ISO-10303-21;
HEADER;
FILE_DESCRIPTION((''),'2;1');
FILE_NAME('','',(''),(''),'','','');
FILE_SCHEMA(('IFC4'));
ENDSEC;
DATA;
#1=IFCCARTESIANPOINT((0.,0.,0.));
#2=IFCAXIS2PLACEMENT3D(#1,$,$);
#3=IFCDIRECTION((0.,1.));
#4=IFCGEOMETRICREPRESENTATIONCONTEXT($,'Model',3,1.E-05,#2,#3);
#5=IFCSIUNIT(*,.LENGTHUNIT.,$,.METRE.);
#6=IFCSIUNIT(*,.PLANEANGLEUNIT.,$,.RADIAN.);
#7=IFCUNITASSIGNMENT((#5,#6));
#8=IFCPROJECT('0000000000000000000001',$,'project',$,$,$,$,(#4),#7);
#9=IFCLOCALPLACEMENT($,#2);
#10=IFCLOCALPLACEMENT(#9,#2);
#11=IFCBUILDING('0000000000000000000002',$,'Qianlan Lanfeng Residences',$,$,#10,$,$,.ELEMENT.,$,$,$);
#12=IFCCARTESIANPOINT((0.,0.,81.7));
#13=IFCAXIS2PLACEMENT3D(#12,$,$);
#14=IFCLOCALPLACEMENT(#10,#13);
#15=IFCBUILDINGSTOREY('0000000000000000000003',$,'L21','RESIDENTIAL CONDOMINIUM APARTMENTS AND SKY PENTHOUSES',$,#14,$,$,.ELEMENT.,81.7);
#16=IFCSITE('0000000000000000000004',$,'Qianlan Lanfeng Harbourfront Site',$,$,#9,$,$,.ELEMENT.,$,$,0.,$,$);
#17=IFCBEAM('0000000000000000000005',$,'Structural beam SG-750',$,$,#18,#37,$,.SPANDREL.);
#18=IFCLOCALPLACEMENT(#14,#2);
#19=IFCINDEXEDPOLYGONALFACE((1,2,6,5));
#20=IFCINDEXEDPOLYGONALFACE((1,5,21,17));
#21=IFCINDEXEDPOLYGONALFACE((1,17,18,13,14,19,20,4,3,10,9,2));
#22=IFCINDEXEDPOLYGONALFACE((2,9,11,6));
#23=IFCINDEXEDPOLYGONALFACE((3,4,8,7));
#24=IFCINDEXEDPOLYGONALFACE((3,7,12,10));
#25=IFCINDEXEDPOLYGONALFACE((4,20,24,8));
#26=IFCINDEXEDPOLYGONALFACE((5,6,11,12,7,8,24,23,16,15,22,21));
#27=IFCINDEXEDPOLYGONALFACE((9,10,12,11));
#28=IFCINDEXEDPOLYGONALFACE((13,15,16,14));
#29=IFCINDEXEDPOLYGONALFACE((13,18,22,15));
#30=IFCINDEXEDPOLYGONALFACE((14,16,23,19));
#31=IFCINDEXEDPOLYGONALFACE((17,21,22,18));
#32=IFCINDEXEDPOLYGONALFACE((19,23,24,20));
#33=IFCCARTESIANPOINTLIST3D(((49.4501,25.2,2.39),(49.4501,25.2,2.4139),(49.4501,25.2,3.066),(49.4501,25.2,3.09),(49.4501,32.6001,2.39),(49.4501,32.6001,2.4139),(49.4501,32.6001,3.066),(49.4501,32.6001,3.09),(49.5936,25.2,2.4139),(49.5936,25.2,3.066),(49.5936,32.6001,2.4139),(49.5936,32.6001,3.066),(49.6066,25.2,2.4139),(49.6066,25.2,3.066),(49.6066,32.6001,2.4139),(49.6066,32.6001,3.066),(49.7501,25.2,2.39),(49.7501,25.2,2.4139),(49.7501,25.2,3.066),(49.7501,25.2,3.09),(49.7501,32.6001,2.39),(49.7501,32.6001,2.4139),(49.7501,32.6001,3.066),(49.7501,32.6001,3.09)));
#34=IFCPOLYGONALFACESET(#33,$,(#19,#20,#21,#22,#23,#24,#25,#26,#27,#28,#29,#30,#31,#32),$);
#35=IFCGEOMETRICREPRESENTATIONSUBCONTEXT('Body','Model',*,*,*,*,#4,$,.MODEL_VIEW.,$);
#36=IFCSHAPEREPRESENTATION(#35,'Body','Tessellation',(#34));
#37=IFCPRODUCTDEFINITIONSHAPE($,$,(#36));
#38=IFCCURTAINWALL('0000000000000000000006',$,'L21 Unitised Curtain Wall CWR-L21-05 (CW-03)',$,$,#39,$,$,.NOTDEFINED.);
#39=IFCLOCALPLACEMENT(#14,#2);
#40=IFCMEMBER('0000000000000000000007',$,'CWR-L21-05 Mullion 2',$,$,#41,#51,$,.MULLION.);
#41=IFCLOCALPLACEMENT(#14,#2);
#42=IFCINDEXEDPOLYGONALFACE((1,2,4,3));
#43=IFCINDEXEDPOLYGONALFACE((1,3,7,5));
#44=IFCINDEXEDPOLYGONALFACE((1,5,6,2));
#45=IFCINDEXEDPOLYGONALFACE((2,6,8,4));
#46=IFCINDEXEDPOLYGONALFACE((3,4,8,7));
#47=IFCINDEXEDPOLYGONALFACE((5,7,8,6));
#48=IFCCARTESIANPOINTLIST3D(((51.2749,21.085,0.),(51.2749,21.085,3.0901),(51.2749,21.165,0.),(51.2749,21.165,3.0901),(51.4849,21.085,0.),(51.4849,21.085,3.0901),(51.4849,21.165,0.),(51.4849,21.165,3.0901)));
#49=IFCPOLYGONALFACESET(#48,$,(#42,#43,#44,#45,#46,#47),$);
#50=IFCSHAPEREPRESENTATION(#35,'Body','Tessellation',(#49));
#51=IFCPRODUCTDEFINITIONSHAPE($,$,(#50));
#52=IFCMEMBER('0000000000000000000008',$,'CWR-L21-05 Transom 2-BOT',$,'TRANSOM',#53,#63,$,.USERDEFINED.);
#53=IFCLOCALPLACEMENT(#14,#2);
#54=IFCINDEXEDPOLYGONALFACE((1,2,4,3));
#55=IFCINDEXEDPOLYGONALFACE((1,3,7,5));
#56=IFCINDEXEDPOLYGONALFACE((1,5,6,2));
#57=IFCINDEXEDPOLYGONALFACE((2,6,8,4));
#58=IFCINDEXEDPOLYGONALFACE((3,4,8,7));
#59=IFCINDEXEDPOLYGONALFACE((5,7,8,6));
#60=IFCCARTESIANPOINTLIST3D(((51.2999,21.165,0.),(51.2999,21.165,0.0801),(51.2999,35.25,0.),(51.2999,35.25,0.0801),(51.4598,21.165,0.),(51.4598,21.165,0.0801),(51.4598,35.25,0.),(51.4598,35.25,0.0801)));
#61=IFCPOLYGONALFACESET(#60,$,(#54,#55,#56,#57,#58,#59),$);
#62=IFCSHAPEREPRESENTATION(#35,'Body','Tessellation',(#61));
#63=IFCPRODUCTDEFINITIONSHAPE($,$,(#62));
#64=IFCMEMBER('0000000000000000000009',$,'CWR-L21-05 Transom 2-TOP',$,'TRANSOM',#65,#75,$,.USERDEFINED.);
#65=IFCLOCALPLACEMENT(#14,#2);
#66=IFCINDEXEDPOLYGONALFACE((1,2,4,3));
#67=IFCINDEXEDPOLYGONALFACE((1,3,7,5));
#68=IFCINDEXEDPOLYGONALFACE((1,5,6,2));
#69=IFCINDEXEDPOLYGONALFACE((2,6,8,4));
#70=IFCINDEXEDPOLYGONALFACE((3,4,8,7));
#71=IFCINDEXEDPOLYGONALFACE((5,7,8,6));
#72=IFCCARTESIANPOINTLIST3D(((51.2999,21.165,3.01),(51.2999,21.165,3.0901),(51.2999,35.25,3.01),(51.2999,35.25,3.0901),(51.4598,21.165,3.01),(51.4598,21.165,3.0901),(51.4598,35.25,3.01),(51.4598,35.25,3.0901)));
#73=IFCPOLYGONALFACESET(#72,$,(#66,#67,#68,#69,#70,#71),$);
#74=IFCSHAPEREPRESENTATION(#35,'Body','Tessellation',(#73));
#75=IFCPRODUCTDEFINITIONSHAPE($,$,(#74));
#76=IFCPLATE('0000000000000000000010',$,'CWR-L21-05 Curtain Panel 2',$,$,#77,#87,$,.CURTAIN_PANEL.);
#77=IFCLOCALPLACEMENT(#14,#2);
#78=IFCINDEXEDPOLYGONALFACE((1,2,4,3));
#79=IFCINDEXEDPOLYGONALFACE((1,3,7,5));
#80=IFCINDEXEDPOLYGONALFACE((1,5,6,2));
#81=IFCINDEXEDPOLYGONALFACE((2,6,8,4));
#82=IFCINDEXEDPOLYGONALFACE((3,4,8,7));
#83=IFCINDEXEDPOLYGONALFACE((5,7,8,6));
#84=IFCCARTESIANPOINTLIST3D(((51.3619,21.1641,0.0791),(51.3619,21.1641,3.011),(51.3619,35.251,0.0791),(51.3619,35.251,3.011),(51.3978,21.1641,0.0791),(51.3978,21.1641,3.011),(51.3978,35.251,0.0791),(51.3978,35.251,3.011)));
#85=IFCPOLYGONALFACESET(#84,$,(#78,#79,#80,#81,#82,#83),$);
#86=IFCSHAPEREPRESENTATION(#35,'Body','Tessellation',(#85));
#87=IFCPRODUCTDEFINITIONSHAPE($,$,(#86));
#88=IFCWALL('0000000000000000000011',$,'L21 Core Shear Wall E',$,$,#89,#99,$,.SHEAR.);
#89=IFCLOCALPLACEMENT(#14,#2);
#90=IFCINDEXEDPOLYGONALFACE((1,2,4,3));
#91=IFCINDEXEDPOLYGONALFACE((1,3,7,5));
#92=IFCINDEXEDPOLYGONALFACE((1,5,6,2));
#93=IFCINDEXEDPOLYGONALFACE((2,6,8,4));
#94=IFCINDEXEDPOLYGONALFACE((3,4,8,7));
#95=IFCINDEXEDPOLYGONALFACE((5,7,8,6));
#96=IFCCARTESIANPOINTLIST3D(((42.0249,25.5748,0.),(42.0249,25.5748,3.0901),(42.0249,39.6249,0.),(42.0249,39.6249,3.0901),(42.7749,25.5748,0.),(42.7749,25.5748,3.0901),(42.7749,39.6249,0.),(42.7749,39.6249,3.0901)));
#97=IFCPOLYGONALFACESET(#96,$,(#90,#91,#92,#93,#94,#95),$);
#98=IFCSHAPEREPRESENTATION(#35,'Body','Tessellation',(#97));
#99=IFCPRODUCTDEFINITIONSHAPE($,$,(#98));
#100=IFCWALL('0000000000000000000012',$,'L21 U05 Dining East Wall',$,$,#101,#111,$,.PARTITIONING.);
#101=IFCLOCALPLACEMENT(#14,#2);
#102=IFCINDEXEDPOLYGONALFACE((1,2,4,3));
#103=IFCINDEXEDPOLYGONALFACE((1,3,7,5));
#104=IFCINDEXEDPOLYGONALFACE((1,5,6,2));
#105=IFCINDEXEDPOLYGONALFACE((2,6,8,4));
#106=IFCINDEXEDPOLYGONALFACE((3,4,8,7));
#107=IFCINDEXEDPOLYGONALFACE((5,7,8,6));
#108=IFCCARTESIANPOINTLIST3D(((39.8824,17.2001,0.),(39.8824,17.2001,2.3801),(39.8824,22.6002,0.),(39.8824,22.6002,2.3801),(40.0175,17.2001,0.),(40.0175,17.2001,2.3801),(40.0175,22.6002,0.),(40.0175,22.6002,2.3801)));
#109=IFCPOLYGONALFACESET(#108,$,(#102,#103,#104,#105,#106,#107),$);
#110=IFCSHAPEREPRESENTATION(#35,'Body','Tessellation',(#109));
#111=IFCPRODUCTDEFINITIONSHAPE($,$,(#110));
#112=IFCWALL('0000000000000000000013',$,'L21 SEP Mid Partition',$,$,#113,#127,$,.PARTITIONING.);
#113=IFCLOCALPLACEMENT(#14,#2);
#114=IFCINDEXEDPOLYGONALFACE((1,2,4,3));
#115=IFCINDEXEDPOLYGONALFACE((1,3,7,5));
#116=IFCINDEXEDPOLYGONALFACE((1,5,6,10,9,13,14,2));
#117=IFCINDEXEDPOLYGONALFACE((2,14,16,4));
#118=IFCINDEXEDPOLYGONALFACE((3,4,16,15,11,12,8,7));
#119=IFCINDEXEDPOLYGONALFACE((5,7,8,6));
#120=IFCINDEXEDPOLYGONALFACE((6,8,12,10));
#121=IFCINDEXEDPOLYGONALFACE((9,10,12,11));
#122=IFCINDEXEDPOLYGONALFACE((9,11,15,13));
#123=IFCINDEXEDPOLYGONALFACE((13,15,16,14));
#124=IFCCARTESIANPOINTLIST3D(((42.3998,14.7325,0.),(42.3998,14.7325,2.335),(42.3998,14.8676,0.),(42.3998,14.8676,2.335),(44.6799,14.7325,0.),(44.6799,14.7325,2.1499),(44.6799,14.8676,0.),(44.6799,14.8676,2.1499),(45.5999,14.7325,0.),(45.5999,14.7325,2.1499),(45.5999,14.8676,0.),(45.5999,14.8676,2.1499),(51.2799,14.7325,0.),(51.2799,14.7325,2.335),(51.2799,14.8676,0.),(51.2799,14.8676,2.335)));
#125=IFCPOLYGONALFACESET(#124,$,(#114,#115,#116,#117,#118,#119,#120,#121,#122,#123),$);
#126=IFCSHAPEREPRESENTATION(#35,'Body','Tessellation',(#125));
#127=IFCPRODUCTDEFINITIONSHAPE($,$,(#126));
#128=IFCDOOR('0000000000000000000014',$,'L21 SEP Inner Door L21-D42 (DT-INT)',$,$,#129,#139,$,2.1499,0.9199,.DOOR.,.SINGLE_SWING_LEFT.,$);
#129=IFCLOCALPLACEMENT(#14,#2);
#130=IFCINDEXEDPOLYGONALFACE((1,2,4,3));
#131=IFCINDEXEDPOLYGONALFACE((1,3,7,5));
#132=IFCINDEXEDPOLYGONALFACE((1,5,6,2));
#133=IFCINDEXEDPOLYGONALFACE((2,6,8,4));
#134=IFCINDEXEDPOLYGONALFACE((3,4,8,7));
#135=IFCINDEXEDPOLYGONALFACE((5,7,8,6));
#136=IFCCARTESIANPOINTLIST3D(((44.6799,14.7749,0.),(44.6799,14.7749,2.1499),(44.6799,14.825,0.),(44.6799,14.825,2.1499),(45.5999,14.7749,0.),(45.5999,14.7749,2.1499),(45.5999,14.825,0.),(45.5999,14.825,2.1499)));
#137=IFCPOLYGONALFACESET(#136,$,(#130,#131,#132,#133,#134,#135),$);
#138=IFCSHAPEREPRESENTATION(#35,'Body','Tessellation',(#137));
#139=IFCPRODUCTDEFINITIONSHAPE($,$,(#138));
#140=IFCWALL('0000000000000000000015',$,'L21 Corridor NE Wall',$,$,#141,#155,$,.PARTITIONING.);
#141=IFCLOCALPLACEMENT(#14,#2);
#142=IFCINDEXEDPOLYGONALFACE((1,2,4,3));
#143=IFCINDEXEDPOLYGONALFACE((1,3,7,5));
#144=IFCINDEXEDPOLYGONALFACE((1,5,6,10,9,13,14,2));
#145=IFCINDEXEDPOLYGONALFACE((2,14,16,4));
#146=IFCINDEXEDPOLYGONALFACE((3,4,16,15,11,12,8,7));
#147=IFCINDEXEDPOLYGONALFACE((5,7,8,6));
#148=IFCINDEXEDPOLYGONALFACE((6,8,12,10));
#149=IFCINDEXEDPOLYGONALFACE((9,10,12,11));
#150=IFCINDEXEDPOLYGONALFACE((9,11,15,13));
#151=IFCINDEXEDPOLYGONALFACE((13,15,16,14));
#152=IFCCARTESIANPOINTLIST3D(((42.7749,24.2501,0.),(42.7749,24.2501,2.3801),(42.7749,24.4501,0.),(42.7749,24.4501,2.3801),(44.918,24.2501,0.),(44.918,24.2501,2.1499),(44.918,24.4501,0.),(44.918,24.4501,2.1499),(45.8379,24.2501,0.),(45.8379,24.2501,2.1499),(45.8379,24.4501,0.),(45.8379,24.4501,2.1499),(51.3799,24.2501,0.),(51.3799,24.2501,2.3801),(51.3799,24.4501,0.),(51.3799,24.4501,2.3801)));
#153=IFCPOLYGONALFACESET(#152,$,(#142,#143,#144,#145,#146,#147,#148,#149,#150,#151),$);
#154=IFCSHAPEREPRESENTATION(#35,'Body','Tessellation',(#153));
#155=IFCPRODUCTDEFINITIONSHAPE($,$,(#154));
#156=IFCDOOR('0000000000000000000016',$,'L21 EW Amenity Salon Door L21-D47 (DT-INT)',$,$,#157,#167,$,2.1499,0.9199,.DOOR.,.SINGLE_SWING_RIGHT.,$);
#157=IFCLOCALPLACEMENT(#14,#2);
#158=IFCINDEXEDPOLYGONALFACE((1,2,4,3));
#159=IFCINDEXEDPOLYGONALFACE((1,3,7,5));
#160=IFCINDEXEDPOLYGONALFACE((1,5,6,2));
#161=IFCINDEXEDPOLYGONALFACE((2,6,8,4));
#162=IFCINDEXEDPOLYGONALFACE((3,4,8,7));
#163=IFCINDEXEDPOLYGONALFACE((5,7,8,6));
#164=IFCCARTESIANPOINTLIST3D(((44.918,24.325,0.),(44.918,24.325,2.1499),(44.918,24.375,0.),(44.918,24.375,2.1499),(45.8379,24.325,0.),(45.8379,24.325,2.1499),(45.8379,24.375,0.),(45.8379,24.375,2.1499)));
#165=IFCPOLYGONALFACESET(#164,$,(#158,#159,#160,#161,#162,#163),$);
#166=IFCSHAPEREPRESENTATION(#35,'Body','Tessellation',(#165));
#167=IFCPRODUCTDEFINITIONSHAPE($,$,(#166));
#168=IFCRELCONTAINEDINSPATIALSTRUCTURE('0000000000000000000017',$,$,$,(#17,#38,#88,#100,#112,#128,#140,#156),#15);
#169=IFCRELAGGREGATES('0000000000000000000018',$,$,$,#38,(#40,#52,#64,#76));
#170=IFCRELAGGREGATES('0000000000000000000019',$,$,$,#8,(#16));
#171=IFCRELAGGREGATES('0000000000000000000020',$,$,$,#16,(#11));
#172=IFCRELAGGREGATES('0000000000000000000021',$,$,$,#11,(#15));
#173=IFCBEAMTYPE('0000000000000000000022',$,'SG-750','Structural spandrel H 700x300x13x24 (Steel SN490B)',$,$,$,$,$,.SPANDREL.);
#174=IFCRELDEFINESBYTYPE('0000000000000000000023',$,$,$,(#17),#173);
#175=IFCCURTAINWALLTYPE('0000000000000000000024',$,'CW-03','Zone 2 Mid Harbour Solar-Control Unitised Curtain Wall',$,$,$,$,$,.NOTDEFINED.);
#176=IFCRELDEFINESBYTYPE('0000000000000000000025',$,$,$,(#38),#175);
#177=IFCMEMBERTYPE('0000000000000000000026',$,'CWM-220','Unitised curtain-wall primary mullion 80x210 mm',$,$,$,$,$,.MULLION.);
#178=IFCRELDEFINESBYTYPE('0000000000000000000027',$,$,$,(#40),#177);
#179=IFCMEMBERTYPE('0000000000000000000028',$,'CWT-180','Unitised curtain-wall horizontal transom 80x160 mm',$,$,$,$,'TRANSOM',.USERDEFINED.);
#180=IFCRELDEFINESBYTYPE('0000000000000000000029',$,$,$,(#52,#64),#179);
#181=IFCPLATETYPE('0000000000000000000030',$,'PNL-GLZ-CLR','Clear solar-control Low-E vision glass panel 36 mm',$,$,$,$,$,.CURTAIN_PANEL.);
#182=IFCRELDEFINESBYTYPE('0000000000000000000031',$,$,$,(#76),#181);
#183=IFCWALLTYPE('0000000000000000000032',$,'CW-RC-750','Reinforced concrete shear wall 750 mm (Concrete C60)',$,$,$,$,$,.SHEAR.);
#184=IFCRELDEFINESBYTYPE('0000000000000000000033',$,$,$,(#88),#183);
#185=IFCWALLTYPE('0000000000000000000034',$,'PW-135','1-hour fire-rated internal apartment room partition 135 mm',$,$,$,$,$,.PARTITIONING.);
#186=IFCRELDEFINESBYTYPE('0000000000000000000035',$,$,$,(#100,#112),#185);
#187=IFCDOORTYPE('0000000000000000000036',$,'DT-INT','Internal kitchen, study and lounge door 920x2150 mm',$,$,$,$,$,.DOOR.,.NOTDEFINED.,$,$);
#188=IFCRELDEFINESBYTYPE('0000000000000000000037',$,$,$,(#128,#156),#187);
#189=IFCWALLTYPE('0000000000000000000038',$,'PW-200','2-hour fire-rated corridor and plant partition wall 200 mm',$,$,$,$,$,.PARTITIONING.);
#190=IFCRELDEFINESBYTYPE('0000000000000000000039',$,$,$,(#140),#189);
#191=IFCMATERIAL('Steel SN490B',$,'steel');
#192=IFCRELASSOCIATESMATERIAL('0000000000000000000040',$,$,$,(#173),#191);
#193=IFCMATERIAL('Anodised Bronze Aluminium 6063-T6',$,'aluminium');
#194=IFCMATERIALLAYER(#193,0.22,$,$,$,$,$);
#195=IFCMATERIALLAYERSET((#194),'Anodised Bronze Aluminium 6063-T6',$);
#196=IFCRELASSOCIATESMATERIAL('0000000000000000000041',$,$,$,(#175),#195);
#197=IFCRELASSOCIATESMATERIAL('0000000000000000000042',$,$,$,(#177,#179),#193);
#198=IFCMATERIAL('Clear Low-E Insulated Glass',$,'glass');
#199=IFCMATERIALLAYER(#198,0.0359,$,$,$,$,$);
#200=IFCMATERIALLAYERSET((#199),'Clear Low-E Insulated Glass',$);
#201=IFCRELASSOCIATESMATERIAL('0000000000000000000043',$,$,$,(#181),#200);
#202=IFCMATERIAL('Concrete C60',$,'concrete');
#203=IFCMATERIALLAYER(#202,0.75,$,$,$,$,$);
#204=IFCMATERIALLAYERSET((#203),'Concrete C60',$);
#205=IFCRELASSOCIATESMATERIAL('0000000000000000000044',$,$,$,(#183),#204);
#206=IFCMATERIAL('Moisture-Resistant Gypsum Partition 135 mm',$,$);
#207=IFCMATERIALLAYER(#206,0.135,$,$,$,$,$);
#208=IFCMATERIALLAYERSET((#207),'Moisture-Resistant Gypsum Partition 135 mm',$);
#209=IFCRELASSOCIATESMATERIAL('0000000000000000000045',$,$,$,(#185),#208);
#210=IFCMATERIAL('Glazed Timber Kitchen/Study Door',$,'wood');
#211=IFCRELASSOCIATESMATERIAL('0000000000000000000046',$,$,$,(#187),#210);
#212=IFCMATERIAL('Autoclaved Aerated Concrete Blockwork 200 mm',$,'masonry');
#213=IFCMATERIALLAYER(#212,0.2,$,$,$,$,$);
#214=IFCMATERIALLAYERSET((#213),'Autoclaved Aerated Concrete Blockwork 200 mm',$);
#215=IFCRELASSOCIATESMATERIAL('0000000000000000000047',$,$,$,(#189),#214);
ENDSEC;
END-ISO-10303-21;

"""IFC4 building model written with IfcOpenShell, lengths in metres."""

from ifc_helpers import new_model, si_unit, direction, frame, frame_2d, origin, origin_2d, place, context, subcontext, project, spatial, rectangle, i_section, extrude, source, transform, mapped, material, layer, layer_set, material_profile, profile_set, type_object, element, fill, aggregate, save


model = new_model("IFC4")

# Units and contexts
model_context = context("Model", 3, precision=1e-05, world=origin(), true_north=direction((0.0, 1.0)))
body_context = subcontext(model_context, "Body", "Model", "MODEL_VIEW")
ifc_project = project(units=[si_unit("LENGTHUNIT", "METRE"), si_unit("PLANEANGLEUNIT", "RADIAN")], contexts=[model_context])

# Site, building, storey
site_placement = place(None, origin())
site = spatial("IfcSite", under=ifc_project, at=site_placement, Name="Qianlan Lanfeng Harbourfront Site", CompositionType="ELEMENT", RefElevation=0.0)
building_placement = place(site_placement, origin())
building = spatial("IfcBuilding", under=site, at=building_placement, Name="Qianlan Lanfeng Residences", CompositionType="ELEMENT")
storey_placement = place(building_placement, frame((0.0, 0.0, 81.7)))
storey = spatial("IfcBuildingStorey", under=building, at=storey_placement, Name="L21", Description="RESIDENTIAL CONDOMINIUM APARTMENTS AND SKY PENTHOUSES", CompositionType="ELEMENT", Elevation=81.7)

# Shared definitions
ifc_material_1 = material(Name="Steel SN490B", Category="steel")

# Beam
ifc_material_profile_1 = material_profile(ifc_material_1, i_section(OverallWidth=0.3, OverallDepth=0.7, WebThickness=0.0129, FlangeThickness=0.0239, at=origin_2d()), Name="H 700x300x13x24")
ifc_profile_set_1 = profile_set([ifc_material_profile_1], Name="Steel SN490B")
beam_type_1 = type_object("IfcBeamType", Name="SG-750", Description="Structural spandrel H 700x300x13x24 (Steel SN490B)", PredefinedType="SPANDREL", material=ifc_profile_set_1)
beam_1_placement = place(storey_placement, frame((49.6001, 25.2, 2.74), z_axis=(0.0, 1.0, 0.0), x_axis=(-1.0, 0.0, 0.0)))
element("IfcBeam", 1, at=beam_1_placement, inside=storey, type_object=beam_type_1, Name="Structural beam SG-750", PredefinedType="SPANDREL", context=body_context, shape_type="SweptSolid", body=[
    extrude(i_section(OverallWidth=0.3, OverallDepth=0.7, WebThickness=0.0129, FlangeThickness=0.0239, at=origin_2d()), origin(), (0.0, 0.0, 1.0), 7.4001),
])

# Curtain wall, members, plate
ifc_material_2 = material(Name="Anodised Bronze Aluminium 6063-T6", Category="aluminium")
ifc_layer_1 = layer(ifc_material_2, 0.22)
ifc_layer_set_1 = layer_set([ifc_layer_1], Name="Anodised Bronze Aluminium 6063-T6")
curtain_wall_type = type_object("IfcCurtainWallType", Name="CW-03", Description="Zone 2 Mid Harbour Solar-Control Unitised Curtain Wall", PredefinedType="NOTDEFINED", material=ifc_layer_set_1)
curtain_wall_placement = place(storey_placement, origin())
curtain_wall = element("IfcCurtainWall", 2, at=curtain_wall_placement, inside=storey, type_object=curtain_wall_type, Name="L21 Unitised Curtain Wall CWR-L21-05 (CW-03)", PredefinedType="NOTDEFINED")
ifc_material_profile_2 = material_profile(ifc_material_2, rectangle(XDim=0.0801, YDim=0.21, at=origin_2d()), Name="ALU MULLION 80x210")
ifc_profile_set_2 = profile_set([ifc_material_profile_2], Name="Anodised Bronze Aluminium 6063-T6")
member_type_1 = type_object("IfcMemberType", Name="CWM-220", Description="Unitised curtain-wall primary mullion 80x210 mm", PredefinedType="MULLION", material=ifc_profile_set_2)
shared_shape_1 = source(origin(), body_context, "Body", "SweptSolid", [
    extrude(rectangle(XDim=0.0801, YDim=0.21, at=origin_2d()), origin(), (0.0, 0.0, 1.0), 3.0901),
])
member_1_placement = place(storey_placement, frame((51.3799, 21.125, 0.0), z_axis=(0.0, 0.0, 1.0), x_axis=(0.0, 1.0, 0.0)))
member_1 = element("IfcMember", 3, at=member_1_placement, type_object=member_type_1, Name="CWR-L21-05 Mullion 2", PredefinedType="MULLION", context=body_context, shape_type="MappedRepresentation", body=[
    mapped(shared_shape_1, transform((0.0, 0.0, 0.0), scale=1.0)),
])
ifc_material_profile_3 = material_profile(ifc_material_2, rectangle(XDim=0.0801, YDim=0.1599, at=origin_2d()), Name="ALU TRANSOM 80x160")
ifc_profile_set_3 = profile_set([ifc_material_profile_3], Name="Anodised Bronze Aluminium 6063-T6")
member_type_2 = type_object("IfcMemberType", Name="CWT-180", Description="Unitised curtain-wall horizontal transom 80x160 mm", ElementType="TRANSOM", PredefinedType="USERDEFINED", material=ifc_profile_set_3)
shared_shape_2 = source(origin(), body_context, "Body", "SweptSolid", [
    extrude(rectangle(XDim=0.0801, YDim=0.1599, at=origin_2d()), origin(), (0.0, 0.0, 1.0), 14.085),
])
member_2_placement = place(storey_placement, frame((51.3799, 21.165, 0.04), z_axis=(0.0, 1.0, 0.0), x_axis=(0.0, 0.0, 1.0)))
member_2 = element("IfcMember", 4, at=member_2_placement, type_object=member_type_2, Name="CWR-L21-05 Transom 2-BOT", ObjectType="TRANSOM", PredefinedType="USERDEFINED", context=body_context, shape_type="MappedRepresentation", body=[
    mapped(shared_shape_2, transform((0.0, 0.0, 0.0), scale=1.0)),
])
member_3_placement = place(storey_placement, frame((51.3799, 21.165, 3.05), z_axis=(0.0, 1.0, 0.0), x_axis=(0.0, 0.0, 1.0)))
member_3 = element("IfcMember", 5, at=member_3_placement, type_object=member_type_2, Name="CWR-L21-05 Transom 2-TOP", ObjectType="TRANSOM", PredefinedType="USERDEFINED", context=body_context, shape_type="MappedRepresentation", body=[
    mapped(shared_shape_2, transform((0.0, 0.0, 0.0), scale=1.0)),
])
ifc_material_3 = material(Name="Clear Low-E Insulated Glass", Category="glass")
ifc_layer_2 = layer(ifc_material_3, 0.0359)
ifc_layer_set_2 = layer_set([ifc_layer_2], Name="Clear Low-E Insulated Glass")
plate_type = type_object("IfcPlateType", Name="PNL-GLZ-CLR", Description="Clear solar-control Low-E vision glass panel 36 mm", PredefinedType="CURTAIN_PANEL", material=ifc_layer_set_2)
shared_shape_3 = source(origin(), body_context, "Body", "SweptSolid", [
    extrude(rectangle(XDim=14.0869, YDim=0.0359, at=origin_2d()), origin(), (0.0, 0.0, 1.0), 2.9319),
])
plate_placement = place(storey_placement, frame((51.3799, 28.2075, 0.0791), z_axis=(0.0, 0.0, 1.0), x_axis=(0.0, 1.0, 0.0)))
plate = element("IfcPlate", 6, at=plate_placement, type_object=plate_type, Name="CWR-L21-05 Curtain Panel 2", PredefinedType="CURTAIN_PANEL", context=body_context, shape_type="MappedRepresentation", body=[
    mapped(shared_shape_3, transform((0.0, 0.0, 0.0), scale=1.0)),
])
aggregate(curtain_wall, [member_1, member_2, member_3, plate])

# Walls
ifc_material_4 = material(Name="Concrete C60", Category="concrete")
ifc_layer_3 = layer(ifc_material_4, 0.75)
ifc_layer_set_3 = layer_set([ifc_layer_3], Name="Concrete C60")
wall_type_1 = type_object("IfcWallType", Name="CW-RC-750", Description="Reinforced concrete shear wall 750 mm (Concrete C60)", PredefinedType="SHEAR", material=ifc_layer_set_3)
wall_1_placement = place(storey_placement, frame((42.3999, 25.575, 0.0), z_axis=(0.0, 0.0, 1.0), x_axis=(0.0, 1.0, 0.0)))
element("IfcWall", 7, at=wall_1_placement, inside=storey, type_object=wall_type_1, Name="L21 Core Shear Wall E", PredefinedType="SHEAR", context=body_context, shape_type="SweptSolid", body=[
    extrude(rectangle(XDim=14.05, YDim=0.75, at=frame_2d((7.0249, 0.0))), origin(), (0.0, 0.0, 1.0), 3.0901),
])
ifc_material_5 = material(Name="Moisture-Resistant Gypsum Partition 135 mm")
ifc_layer_4 = layer(ifc_material_5, 0.135)
ifc_layer_set_4 = layer_set([ifc_layer_4], Name="Moisture-Resistant Gypsum Partition 135 mm")
wall_type_2 = type_object("IfcWallType", Name="PW-135", Description="1-hour fire-rated internal apartment room partition 135 mm", PredefinedType="PARTITIONING", material=ifc_layer_set_4)
wall_2_placement = place(storey_placement, frame((39.95, 17.2, 0.0), z_axis=(0.0, 0.0, 1.0), x_axis=(0.0, 1.0, 0.0)))
element("IfcWall", 8, at=wall_2_placement, inside=storey, type_object=wall_type_2, Name="L21 U05 Dining East Wall", PredefinedType="PARTITIONING", context=body_context, shape_type="SweptSolid", body=[
    extrude(rectangle(XDim=5.4001, YDim=0.135, at=frame_2d((2.7002, 0.0))), origin(), (0.0, 0.0, 1.0), 2.3801),
])

# Walls, openings, doors
wall_3_placement = place(storey_placement, frame((42.3999, 14.8, 0.0), z_axis=(0.0, 0.0, 1.0), x_axis=(1.0, 0.0, 0.0)))
wall_3 = element("IfcWall", 9, at=wall_3_placement, inside=storey, type_object=wall_type_2, Name="L21 SEP Mid Partition", PredefinedType="PARTITIONING", context=body_context, shape_type="SweptSolid", body=[
    extrude(rectangle(XDim=8.8801, YDim=0.135, at=frame_2d((4.4399, 0.0))), origin(), (0.0, 0.0, 1.0), 2.335),
])
opening_1_placement = place(wall_3_placement, frame((2.28, 0.0, 0.0)))
opening_1 = element("IfcOpeningElement", 10, at=opening_1_placement, cuts=wall_3, PredefinedType="OPENING", context=body_context, shape_type="SweptSolid", body=[
    extrude(rectangle(XDim=0.9199, YDim=2.1499, at=frame_2d((0.46, 1.075))), frame((0.0, 0.0776, 0.0), z_axis=(0.0, -1.0, 0.0), x_axis=(1.0, 0.0, 0.0)), (0.0, 0.0, 1.0), 0.155),
])
ifc_material_6 = material(Name="Glazed Timber Kitchen/Study Door", Category="wood")
door_type = type_object("IfcDoorType", Name="DT-INT", Description="Internal kitchen, study and lounge door 920x2150 mm", OperationType="NOTDEFINED", PredefinedType="DOOR", material=ifc_material_6)
door_1_placement = place(opening_1_placement, origin())
door_1 = element("IfcDoor", 11, at=door_1_placement, inside=storey, type_object=door_type, Name="L21 SEP Inner Door L21-D42 (DT-INT)", OperationType="SINGLE_SWING_LEFT", OverallHeight=2.1499, OverallWidth=0.9199, PredefinedType="DOOR", context=body_context, shape_type="SweptSolid", body=[
    extrude(rectangle(XDim=0.9199, YDim=2.1499, at=frame_2d((0.46, 1.075))), frame((0.0, 0.0249, 0.0), z_axis=(0.0, -1.0, 0.0), x_axis=(1.0, 0.0, 0.0)), (0.0, 0.0, 1.0), 0.05),
])
fill(opening_1, door_1)
ifc_material_7 = material(Name="Autoclaved Aerated Concrete Blockwork 200 mm", Category="masonry")
ifc_layer_5 = layer(ifc_material_7, 0.2)
ifc_layer_set_5 = layer_set([ifc_layer_5], Name="Autoclaved Aerated Concrete Blockwork 200 mm")
wall_type_3 = type_object("IfcWallType", Name="PW-200", Description="2-hour fire-rated corridor and plant partition wall 200 mm", PredefinedType="PARTITIONING", material=ifc_layer_set_5)
wall_4_placement = place(storey_placement, frame((42.7749, 24.3501, 0.0), z_axis=(0.0, 0.0, 1.0), x_axis=(1.0, 0.0, 0.0)))
wall_4 = element("IfcWall", 12, at=wall_4_placement, inside=storey, type_object=wall_type_3, Name="L21 Corridor NE Wall", PredefinedType="PARTITIONING", context=body_context, shape_type="SweptSolid", body=[
    extrude(rectangle(XDim=8.605, YDim=0.2, at=frame_2d((4.3025, 0.0))), origin(), (0.0, 0.0, 1.0), 2.3801),
])
opening_2_placement = place(wall_4_placement, frame((2.1431, 0.0, 0.0)))
opening_2 = element("IfcOpeningElement", 13, at=opening_2_placement, cuts=wall_4, PredefinedType="OPENING", context=body_context, shape_type="SweptSolid", body=[
    extrude(rectangle(XDim=0.9199, YDim=2.1499, at=frame_2d((0.46, 1.075))), frame((0.0, 0.1099, 0.0), z_axis=(0.0, -1.0, 0.0), x_axis=(1.0, 0.0, 0.0)), (0.0, 0.0, 1.0), 0.22),
])
door_2_placement = place(opening_2_placement, origin())
door_2 = element("IfcDoor", 14, at=door_2_placement, inside=storey, type_object=door_type, Name="L21 EW Amenity Salon Door L21-D47 (DT-INT)", OperationType="SINGLE_SWING_RIGHT", OverallHeight=2.1499, OverallWidth=0.9199, PredefinedType="DOOR", context=body_context, shape_type="SweptSolid", body=[
    extrude(rectangle(XDim=0.9199, YDim=2.1499, at=frame_2d((0.46, 1.075))), frame((0.0, 0.0249, 0.0), z_axis=(0.0, -1.0, 0.0), x_axis=(1.0, 0.0, 0.0)), (0.0, 0.0, 1.0), 0.05),
])
fill(opening_2, door_2)

save(model, "model.ifc")
